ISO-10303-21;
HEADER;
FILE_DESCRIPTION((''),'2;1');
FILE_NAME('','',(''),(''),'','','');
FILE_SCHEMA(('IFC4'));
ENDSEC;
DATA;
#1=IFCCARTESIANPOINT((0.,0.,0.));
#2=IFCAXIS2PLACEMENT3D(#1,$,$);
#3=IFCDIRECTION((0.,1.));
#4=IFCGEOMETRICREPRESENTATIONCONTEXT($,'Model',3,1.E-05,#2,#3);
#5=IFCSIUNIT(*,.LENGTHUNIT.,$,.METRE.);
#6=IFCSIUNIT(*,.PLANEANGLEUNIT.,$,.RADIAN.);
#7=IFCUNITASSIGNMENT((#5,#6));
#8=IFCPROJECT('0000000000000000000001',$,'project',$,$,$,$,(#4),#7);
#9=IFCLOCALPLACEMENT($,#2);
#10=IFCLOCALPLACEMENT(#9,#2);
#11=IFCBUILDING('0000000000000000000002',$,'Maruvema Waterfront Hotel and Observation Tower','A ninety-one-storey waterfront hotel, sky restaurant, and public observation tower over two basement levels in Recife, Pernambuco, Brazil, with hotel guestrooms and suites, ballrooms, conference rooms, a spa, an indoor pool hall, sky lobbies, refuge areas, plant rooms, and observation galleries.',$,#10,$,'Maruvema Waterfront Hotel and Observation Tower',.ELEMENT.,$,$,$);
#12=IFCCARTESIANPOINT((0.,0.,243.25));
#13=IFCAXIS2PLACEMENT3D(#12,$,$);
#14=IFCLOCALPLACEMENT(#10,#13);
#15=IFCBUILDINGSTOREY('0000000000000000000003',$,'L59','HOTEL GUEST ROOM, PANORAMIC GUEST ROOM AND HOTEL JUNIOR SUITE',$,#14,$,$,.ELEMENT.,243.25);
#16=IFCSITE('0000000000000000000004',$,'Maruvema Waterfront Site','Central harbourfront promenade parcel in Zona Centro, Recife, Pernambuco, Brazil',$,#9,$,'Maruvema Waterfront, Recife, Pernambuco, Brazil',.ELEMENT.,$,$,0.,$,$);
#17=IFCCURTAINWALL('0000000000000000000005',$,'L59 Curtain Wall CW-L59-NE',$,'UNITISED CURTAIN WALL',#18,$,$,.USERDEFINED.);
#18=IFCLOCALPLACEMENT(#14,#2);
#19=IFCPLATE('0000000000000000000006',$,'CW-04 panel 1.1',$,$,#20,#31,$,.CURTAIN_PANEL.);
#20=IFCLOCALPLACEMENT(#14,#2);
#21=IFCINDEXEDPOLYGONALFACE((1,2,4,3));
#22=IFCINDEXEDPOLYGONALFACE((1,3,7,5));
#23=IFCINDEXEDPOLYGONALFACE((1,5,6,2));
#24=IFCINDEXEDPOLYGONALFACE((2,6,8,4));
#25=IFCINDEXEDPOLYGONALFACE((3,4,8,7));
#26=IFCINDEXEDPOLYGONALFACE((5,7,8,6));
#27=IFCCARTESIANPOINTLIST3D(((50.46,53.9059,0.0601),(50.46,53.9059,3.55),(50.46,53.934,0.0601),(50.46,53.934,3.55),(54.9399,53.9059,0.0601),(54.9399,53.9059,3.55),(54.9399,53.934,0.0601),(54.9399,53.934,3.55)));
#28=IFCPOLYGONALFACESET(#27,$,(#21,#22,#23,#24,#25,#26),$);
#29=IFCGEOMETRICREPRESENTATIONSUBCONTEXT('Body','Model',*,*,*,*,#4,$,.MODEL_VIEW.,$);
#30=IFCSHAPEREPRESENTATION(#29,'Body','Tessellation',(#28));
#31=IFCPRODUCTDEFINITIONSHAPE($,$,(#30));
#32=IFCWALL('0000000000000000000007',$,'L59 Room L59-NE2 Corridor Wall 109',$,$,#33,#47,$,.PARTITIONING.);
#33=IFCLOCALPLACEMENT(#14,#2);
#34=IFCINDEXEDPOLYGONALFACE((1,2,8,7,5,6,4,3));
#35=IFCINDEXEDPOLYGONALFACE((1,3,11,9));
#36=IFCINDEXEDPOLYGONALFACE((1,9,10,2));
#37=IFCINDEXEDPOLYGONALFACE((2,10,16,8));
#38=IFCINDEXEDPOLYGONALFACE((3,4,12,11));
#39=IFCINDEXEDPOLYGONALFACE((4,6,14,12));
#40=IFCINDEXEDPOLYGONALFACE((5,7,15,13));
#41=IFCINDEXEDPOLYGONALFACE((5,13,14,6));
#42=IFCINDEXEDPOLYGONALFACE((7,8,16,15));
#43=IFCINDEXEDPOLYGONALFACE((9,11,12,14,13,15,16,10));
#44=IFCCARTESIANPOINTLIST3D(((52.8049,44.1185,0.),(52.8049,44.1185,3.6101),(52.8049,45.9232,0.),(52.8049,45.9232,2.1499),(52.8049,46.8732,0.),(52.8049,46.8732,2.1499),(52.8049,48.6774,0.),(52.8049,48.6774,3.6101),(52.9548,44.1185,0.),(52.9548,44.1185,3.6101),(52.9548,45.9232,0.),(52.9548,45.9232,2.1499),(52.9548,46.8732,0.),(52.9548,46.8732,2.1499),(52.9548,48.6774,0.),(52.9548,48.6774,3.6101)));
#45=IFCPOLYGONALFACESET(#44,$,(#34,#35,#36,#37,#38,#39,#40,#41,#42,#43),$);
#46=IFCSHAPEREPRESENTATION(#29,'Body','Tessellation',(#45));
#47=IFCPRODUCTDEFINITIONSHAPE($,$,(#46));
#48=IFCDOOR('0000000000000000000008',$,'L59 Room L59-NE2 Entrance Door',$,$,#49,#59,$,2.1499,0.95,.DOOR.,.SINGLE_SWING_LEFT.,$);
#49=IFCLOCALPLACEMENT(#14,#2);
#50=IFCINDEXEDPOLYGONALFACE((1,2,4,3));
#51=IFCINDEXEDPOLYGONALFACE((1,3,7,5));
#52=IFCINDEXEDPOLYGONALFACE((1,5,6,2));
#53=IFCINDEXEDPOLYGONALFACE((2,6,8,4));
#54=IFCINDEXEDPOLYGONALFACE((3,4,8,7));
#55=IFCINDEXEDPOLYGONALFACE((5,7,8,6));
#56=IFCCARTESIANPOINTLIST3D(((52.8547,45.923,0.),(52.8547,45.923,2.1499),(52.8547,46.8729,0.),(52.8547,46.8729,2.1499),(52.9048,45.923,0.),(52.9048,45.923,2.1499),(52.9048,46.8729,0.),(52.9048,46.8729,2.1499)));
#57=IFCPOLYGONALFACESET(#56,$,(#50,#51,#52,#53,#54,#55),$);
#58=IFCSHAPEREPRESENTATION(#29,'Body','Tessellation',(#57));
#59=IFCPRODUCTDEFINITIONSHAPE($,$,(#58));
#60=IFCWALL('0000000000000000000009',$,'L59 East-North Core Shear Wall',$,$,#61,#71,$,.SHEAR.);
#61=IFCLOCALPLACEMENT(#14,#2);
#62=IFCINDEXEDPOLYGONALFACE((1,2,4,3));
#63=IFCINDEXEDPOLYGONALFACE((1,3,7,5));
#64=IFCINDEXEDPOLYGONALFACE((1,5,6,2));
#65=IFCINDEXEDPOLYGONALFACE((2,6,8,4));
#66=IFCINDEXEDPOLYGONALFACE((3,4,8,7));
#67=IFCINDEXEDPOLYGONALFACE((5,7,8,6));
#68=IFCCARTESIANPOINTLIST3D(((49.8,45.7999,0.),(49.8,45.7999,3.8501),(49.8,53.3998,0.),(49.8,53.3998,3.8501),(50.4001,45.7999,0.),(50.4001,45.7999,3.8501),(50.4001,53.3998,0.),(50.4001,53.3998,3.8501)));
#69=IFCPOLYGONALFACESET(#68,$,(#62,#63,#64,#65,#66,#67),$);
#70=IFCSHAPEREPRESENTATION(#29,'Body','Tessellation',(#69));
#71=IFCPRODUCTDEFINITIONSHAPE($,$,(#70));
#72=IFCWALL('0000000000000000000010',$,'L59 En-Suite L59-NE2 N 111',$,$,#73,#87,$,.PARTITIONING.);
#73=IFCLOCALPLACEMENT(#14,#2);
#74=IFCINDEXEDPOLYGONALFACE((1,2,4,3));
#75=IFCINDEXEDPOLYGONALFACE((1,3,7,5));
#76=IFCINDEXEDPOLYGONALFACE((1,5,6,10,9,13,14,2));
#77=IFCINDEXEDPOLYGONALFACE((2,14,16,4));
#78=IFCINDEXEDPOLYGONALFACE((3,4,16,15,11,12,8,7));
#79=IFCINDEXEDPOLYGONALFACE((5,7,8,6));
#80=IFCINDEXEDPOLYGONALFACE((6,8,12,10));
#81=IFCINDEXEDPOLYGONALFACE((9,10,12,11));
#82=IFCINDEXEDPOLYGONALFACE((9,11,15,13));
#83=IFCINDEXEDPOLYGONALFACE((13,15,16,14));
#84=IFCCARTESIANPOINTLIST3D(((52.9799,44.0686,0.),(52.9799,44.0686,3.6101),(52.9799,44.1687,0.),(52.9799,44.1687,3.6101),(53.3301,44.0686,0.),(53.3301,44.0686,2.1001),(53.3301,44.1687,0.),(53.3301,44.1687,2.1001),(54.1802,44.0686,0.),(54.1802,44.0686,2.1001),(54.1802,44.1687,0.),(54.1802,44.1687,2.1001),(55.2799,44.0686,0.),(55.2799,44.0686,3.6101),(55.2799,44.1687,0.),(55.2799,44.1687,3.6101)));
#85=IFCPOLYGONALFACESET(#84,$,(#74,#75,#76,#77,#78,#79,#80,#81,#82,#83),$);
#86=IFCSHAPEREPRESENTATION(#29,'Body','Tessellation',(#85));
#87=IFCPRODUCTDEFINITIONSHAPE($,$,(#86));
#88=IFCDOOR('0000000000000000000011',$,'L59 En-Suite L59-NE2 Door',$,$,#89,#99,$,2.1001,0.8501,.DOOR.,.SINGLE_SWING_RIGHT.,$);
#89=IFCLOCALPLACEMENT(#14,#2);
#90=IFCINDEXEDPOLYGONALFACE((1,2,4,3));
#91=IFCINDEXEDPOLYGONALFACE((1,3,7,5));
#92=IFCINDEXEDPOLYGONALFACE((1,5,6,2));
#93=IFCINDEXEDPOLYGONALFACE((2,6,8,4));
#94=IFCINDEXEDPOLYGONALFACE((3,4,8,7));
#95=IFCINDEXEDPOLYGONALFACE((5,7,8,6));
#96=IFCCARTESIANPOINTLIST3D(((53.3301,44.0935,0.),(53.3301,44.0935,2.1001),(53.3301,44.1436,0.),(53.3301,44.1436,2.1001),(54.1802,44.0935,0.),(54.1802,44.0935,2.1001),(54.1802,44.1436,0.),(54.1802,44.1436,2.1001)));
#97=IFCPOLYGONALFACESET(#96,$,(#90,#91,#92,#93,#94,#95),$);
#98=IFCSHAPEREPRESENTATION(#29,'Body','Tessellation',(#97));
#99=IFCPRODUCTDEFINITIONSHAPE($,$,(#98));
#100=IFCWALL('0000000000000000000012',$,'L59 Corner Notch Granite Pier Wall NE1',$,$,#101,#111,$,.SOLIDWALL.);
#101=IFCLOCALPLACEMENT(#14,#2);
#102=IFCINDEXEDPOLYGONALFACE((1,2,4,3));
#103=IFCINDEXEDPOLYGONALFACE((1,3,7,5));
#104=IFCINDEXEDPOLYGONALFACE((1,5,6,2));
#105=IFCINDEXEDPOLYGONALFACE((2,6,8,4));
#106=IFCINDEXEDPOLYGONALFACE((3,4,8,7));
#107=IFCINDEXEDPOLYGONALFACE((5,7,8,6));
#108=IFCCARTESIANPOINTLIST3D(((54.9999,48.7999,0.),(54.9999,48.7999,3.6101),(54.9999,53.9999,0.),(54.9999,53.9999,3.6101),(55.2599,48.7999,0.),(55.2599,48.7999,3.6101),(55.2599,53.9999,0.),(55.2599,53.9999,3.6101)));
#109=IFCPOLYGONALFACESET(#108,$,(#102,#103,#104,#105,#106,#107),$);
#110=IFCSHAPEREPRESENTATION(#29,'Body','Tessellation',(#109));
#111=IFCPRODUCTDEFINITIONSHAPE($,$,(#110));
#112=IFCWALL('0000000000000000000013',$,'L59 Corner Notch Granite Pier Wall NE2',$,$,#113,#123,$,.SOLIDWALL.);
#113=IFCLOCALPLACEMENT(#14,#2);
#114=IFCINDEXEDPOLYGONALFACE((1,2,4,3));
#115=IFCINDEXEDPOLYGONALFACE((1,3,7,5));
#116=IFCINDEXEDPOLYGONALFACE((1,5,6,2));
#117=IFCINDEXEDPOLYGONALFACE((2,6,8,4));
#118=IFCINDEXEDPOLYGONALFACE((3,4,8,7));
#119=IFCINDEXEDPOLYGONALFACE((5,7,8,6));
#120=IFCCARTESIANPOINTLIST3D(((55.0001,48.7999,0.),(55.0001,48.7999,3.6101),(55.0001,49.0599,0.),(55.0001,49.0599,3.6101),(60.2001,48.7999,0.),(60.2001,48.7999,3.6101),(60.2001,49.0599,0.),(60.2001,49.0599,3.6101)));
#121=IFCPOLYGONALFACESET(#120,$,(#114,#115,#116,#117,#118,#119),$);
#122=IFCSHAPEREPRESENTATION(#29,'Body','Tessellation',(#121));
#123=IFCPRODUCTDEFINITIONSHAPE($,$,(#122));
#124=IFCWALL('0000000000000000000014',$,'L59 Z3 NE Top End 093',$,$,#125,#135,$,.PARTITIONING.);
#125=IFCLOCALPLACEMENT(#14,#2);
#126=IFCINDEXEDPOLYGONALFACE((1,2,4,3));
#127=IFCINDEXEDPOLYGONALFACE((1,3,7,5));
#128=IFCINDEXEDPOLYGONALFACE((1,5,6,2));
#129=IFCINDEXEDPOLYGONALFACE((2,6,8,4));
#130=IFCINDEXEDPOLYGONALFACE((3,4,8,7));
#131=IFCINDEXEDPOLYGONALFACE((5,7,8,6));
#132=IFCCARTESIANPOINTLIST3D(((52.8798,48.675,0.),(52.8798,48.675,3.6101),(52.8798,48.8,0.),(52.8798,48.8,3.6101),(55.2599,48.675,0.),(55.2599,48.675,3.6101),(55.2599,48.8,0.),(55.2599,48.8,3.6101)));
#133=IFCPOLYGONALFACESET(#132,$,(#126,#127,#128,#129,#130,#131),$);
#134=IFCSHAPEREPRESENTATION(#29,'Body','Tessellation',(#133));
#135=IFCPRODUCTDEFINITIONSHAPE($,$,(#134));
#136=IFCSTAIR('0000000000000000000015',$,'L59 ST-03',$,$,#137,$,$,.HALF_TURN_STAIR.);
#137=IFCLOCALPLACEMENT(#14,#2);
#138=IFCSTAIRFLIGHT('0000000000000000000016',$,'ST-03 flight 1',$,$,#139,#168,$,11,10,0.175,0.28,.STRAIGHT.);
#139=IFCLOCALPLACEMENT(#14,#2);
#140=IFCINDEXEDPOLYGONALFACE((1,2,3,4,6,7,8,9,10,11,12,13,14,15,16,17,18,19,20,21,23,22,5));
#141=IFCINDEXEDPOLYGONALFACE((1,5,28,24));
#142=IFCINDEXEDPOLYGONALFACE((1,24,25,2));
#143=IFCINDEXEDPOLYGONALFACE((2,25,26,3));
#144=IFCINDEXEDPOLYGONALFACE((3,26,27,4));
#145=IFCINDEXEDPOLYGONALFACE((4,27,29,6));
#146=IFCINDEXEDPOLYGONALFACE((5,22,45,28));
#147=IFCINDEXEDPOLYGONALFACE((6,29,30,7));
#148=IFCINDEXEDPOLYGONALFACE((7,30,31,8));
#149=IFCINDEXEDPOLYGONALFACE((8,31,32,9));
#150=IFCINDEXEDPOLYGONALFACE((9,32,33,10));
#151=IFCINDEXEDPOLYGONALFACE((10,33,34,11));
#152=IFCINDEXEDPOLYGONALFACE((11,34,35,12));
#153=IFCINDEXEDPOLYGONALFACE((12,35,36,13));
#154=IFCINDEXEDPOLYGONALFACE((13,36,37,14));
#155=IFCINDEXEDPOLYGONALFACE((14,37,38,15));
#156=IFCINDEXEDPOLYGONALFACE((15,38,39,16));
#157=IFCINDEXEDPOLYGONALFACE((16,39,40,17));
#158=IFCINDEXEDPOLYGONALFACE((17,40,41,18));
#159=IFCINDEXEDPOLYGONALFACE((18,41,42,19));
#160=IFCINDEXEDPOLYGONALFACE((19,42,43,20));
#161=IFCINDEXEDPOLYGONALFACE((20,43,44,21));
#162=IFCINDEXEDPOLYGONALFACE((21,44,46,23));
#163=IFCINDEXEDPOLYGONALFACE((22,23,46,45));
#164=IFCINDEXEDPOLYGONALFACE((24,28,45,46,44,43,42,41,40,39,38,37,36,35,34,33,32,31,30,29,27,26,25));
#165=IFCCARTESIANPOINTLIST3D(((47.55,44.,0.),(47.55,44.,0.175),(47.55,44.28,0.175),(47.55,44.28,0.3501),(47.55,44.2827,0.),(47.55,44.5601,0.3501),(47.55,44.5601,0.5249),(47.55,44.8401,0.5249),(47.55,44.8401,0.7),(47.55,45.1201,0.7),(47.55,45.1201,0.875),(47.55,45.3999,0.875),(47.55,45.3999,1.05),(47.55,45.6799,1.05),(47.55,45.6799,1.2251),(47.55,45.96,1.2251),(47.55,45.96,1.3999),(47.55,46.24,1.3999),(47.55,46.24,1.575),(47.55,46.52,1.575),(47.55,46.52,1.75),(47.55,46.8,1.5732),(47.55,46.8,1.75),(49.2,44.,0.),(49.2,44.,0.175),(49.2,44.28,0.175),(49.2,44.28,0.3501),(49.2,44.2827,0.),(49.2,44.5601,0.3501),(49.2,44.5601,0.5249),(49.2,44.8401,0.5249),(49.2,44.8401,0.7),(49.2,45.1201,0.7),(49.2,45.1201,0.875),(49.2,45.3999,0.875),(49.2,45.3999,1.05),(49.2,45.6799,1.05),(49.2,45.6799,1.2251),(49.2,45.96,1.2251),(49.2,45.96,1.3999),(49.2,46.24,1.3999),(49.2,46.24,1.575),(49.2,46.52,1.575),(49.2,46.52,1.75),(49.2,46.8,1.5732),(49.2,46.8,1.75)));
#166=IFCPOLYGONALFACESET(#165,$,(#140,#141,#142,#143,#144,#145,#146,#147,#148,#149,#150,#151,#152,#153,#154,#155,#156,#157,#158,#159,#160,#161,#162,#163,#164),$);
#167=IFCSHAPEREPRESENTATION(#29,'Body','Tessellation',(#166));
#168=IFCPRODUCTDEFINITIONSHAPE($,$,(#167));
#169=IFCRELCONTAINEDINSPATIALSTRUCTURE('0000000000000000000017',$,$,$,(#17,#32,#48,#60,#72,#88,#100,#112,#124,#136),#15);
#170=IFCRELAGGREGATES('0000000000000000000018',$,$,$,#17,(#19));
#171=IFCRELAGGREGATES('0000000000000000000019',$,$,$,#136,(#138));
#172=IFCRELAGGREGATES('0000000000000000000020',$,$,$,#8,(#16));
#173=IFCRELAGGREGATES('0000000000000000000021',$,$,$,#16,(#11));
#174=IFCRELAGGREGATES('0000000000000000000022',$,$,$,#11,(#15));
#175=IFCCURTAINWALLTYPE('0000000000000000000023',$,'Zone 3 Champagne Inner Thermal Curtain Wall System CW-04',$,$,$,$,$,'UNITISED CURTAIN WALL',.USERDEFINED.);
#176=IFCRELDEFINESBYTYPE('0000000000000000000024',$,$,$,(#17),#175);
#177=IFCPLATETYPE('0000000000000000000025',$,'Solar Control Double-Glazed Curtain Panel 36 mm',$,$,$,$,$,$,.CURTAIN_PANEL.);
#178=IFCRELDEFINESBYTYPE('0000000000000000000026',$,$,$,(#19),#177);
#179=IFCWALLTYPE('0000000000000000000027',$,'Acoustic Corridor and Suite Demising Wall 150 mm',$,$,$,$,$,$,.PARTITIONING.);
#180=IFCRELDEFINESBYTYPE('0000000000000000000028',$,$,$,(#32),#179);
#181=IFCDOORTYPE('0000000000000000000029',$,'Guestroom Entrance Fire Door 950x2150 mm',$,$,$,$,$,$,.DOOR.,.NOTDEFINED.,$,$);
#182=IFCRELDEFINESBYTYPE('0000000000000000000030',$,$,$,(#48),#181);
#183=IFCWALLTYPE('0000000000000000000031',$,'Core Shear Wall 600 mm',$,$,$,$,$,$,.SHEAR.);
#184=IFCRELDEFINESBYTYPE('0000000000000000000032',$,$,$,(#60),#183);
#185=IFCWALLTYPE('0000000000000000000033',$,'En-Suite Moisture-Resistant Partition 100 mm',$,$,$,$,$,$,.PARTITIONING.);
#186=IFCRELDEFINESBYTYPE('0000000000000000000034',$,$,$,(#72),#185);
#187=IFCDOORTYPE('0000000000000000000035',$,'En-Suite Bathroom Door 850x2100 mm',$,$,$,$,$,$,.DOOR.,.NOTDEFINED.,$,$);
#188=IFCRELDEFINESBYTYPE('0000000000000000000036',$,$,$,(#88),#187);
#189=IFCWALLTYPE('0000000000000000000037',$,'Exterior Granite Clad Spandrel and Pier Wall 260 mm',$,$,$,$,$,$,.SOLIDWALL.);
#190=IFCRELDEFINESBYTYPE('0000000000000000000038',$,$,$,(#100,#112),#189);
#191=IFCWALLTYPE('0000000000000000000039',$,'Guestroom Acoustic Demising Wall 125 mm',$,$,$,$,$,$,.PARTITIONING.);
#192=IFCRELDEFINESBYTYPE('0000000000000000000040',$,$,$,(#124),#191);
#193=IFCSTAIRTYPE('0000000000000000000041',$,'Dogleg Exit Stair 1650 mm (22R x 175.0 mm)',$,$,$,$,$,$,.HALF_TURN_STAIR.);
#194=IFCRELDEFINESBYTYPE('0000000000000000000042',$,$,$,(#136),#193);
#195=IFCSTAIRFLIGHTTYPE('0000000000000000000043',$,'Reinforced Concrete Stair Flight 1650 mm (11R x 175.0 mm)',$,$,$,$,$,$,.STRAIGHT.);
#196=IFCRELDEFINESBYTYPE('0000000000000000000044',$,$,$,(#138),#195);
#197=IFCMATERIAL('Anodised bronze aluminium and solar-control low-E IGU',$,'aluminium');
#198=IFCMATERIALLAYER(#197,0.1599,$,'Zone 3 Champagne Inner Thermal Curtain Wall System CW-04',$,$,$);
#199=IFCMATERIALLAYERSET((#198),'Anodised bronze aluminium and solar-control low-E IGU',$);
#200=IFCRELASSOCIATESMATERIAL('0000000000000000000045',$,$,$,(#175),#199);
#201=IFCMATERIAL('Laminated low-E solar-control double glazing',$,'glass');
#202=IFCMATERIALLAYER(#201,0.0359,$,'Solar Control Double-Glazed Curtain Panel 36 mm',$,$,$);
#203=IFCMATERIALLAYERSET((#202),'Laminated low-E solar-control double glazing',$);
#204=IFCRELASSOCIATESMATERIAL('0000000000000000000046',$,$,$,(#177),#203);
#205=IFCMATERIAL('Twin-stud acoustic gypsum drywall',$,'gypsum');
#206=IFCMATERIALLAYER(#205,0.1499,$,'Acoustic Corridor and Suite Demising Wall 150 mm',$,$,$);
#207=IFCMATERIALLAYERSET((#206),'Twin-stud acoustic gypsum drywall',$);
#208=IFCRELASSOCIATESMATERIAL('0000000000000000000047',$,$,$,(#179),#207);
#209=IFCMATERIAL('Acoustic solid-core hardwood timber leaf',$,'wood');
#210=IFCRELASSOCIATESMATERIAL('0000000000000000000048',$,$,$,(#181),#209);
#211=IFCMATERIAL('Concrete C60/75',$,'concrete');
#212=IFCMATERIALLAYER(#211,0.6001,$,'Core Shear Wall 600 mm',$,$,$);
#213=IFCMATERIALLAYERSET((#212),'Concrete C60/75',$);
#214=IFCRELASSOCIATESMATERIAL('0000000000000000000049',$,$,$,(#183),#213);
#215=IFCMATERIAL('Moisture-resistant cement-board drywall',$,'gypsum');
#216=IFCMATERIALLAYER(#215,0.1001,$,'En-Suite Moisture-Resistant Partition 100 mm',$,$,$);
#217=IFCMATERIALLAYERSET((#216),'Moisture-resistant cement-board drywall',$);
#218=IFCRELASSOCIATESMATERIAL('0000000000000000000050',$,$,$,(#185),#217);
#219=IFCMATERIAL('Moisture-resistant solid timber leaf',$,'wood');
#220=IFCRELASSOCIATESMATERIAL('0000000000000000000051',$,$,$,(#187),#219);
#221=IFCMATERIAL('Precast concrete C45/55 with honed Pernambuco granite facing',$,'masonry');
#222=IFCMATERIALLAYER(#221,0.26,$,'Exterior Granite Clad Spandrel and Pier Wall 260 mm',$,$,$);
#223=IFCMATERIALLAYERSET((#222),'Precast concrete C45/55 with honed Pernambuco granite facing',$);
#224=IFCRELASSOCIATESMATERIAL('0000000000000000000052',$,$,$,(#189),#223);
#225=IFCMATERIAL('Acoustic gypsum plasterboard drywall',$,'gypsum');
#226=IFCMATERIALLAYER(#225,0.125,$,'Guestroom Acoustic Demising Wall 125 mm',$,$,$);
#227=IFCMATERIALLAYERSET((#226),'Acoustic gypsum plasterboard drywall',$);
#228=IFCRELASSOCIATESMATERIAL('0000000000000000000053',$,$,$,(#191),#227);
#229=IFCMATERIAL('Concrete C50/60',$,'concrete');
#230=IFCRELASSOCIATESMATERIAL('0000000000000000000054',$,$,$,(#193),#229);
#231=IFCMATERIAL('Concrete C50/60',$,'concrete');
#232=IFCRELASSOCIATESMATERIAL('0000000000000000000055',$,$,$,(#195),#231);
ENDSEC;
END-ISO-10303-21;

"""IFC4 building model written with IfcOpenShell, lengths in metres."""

from ifc_helpers import new_model, si_unit, direction, frame, frame_2d, origin, origin_2d, place, context, subcontext, project, spatial, polyline, rectangle, outline, extrude, material, layer, layer_set, type_object, element, fill, aggregate, save


model = new_model("IFC4")

# Units and contexts
model_context = context("Model", 3, precision=1e-05, world=origin(), true_north=direction((0.0, 1.0)))
body_context = subcontext(model_context, "Body", "Model", "MODEL_VIEW")
ifc_project = project(units=[si_unit("LENGTHUNIT", "METRE"), si_unit("PLANEANGLEUNIT", "RADIAN")], contexts=[model_context])

# Site, building, storey
site_placement = place(None, origin())
site = spatial("IfcSite", under=ifc_project, at=site_placement, Name="Maruvema Waterfront Site", Description="Central harbourfront promenade parcel in Zona Centro, Recife, Pernambuco, Brazil", LongName="Maruvema Waterfront, Recife, Pernambuco, Brazil", CompositionType="ELEMENT", RefElevation=0.0)
building_placement = place(site_placement, origin())
building = spatial("IfcBuilding", under=site, at=building_placement, Name="Maruvema Waterfront Hotel and Observation Tower", Description="A ninety-one-storey waterfront hotel, sky restaurant, and public observation tower over two basement levels in Recife, Pernambuco, Brazil, with hotel guestrooms and suites, ballrooms, conference rooms, a spa, an indoor pool hall, sky lobbies, refuge areas, plant rooms, and observation galleries.", LongName="Maruvema Waterfront Hotel and Observation Tower", CompositionType="ELEMENT")
storey_placement = place(building_placement, frame((0.0, 0.0, 243.25)))
storey = spatial("IfcBuildingStorey", under=building, at=storey_placement, Name="L59", Description="HOTEL GUEST ROOM, PANORAMIC GUEST ROOM AND HOTEL JUNIOR SUITE", CompositionType="ELEMENT", Elevation=243.25)

# Curtain wall
ifc_material_1 = material(Name="Anodised bronze aluminium and solar-control low-E IGU", Category="aluminium")
ifc_layer_1 = layer(ifc_material_1, 0.1599, Name="Zone 3 Champagne Inner Thermal Curtain Wall System CW-04")
ifc_layer_set_1 = layer_set([ifc_layer_1], Name="Anodised bronze aluminium and solar-control low-E IGU")
curtain_wall_type = type_object("IfcCurtainWallType", Name="Zone 3 Champagne Inner Thermal Curtain Wall System CW-04", ElementType="UNITISED CURTAIN WALL", PredefinedType="USERDEFINED", material=ifc_layer_set_1)
curtain_wall_1_placement = place(storey_placement, origin())
curtain_wall_1 = element("IfcCurtainWall", 1, at=curtain_wall_1_placement, inside=storey, type_object=curtain_wall_type, Name="L59 Curtain Wall CW-L59-NE", ObjectType="UNITISED CURTAIN WALL", PredefinedType="USERDEFINED")

# Plate
ifc_material_2 = material(Name="Laminated low-E solar-control double glazing", Category="glass")
ifc_layer_2 = layer(ifc_material_2, 0.0359, Name="Solar Control Double-Glazed Curtain Panel 36 mm")
ifc_layer_set_2 = layer_set([ifc_layer_2], Name="Laminated low-E solar-control double glazing")
plate_type = type_object("IfcPlateType", Name="Solar Control Double-Glazed Curtain Panel 36 mm", PredefinedType="CURTAIN_PANEL", material=ifc_layer_set_2)
plate_1_placement = place(storey_placement, frame((52.7, 53.9199, 0.0601), z_axis=(0.0, 0.0, 1.0), x_axis=(-1.0, 0.0, 0.0)))
plate_1 = element("IfcPlate", 2, at=plate_1_placement, type_object=plate_type, Name="CW-04 panel 1.1", PredefinedType="CURTAIN_PANEL", context=body_context, shape_type="SweptSolid", body=[
    extrude(rectangle(XDim=4.48, YDim=0.0281, at=origin_2d()), origin(), (0.0, 0.0, 1.0), 3.49),
])
aggregate(curtain_wall_1, [plate_1])

# Wall, opening, door
ifc_material_3 = material(Name="Twin-stud acoustic gypsum drywall", Category="gypsum")
ifc_layer_3 = layer(ifc_material_3, 0.1499, Name="Acoustic Corridor and Suite Demising Wall 150 mm")
ifc_layer_set_3 = layer_set([ifc_layer_3], Name="Twin-stud acoustic gypsum drywall")
wall_type_1 = type_object("IfcWallType", Name="Acoustic Corridor and Suite Demising Wall 150 mm", PredefinedType="PARTITIONING", material=ifc_layer_set_3)
wall_1_placement = place(storey_placement, frame((52.8799, 44.1187, 0.0), z_axis=(0.0, 0.0, 1.0), x_axis=(0.0, 1.0, 0.0)))
wall_1 = element("IfcWall", 3, at=wall_1_placement, inside=storey, type_object=wall_type_1, Name="L59 Room L59-NE2 Corridor Wall 109", PredefinedType="PARTITIONING", context=body_context, shape_type="SweptSolid", body=[
    extrude(rectangle(XDim=4.5588, YDim=0.1499, at=frame_2d((2.2793, 0.0))), origin(), (0.0, 0.0, 1.0), 3.6101),
])
opening_1_placement = place(wall_1_placement, frame((1.8044, 0.0, 0.0)))
opening_1 = element("IfcOpeningElement", 4, at=opening_1_placement, cuts=wall_1, PredefinedType="OPENING", context=body_context, shape_type="SweptSolid", body=[
    extrude(rectangle(XDim=0.95, YDim=2.1499, at=frame_2d((0.4751, 1.075))), frame((0.0, 0.085, 0.0), z_axis=(0.0, -1.0, 0.0), x_axis=(1.0, 0.0, 0.0)), (0.0, 0.0, 1.0), 0.1699),
])
ifc_material_4 = material(Name="Acoustic solid-core hardwood timber leaf", Category="wood")
door_type_1 = type_object("IfcDoorType", Name="Guestroom Entrance Fire Door 950x2150 mm", OperationType="NOTDEFINED", PredefinedType="DOOR", material=ifc_material_4)
door_1_placement = place(opening_1_placement, frame((0.95, 0.0, 0.0), z_axis=(0.0, 0.0, 1.0), x_axis=(-1.0, 0.0, 0.0)))
door_1 = element("IfcDoor", 5, at=door_1_placement, inside=storey, type_object=door_type_1, Name="L59 Room L59-NE2 Entrance Door", OperationType="SINGLE_SWING_LEFT", OverallHeight=2.1499, OverallWidth=0.95, PredefinedType="DOOR", context=body_context, shape_type="SweptSolid", body=[
    extrude(rectangle(XDim=0.95, YDim=2.1499, at=frame_2d((0.4751, 1.075))), frame((0.0, 0.0249, 0.0), z_axis=(0.0, -1.0, 0.0), x_axis=(1.0, 0.0, 0.0)), (0.0, 0.0, 1.0), 0.05),
])
fill(opening_1, door_1)

# Wall
ifc_material_5 = material(Name="Concrete C60/75", Category="concrete")
ifc_layer_4 = layer(ifc_material_5, 0.6001, Name="Core Shear Wall 600 mm")
ifc_layer_set_4 = layer_set([ifc_layer_4], Name="Concrete C60/75")
wall_type_2 = type_object("IfcWallType", Name="Core Shear Wall 600 mm", PredefinedType="SHEAR", material=ifc_layer_set_4)
wall_2_placement = place(storey_placement, frame((50.1001, 45.8, 0.0), z_axis=(0.0, 0.0, 1.0), x_axis=(0.0, 1.0, 0.0)))
element("IfcWall", 6, at=wall_2_placement, inside=storey, type_object=wall_type_2, Name="L59 East-North Core Shear Wall", PredefinedType="SHEAR", context=body_context, shape_type="SweptSolid", body=[
    extrude(rectangle(XDim=7.5999, YDim=0.6001, at=frame_2d((3.7998, 0.0))), origin(), (0.0, 0.0, 1.0), 3.8501),
])

# Wall, opening, door
ifc_material_6 = material(Name="Moisture-resistant cement-board drywall", Category="gypsum")
ifc_layer_5 = layer(ifc_material_6, 0.1001, Name="En-Suite Moisture-Resistant Partition 100 mm")
ifc_layer_set_5 = layer_set([ifc_layer_5], Name="Moisture-resistant cement-board drywall")
wall_type_3 = type_object("IfcWallType", Name="En-Suite Moisture-Resistant Partition 100 mm", PredefinedType="PARTITIONING", material=ifc_layer_set_5)
wall_3_placement = place(storey_placement, frame((52.98, 44.1187, 0.0), z_axis=(0.0, 0.0, 1.0), x_axis=(1.0, 0.0, 0.0)))
wall_3 = element("IfcWall", 7, at=wall_3_placement, inside=storey, type_object=wall_type_3, Name="L59 En-Suite L59-NE2 N 111", PredefinedType="PARTITIONING", context=body_context, shape_type="SweptSolid", body=[
    extrude(rectangle(XDim=2.3, YDim=0.1001, at=frame_2d((1.1499, 0.0))), origin(), (0.0, 0.0, 1.0), 3.6101),
])
opening_2_placement = place(wall_3_placement, frame((0.3501, 0.0, 0.0)))
opening_2 = element("IfcOpeningElement", 8, at=opening_2_placement, cuts=wall_3, PredefinedType="OPENING", context=body_context, shape_type="SweptSolid", body=[
    extrude(rectangle(XDim=0.8501, YDim=2.1001, at=frame_2d((0.425, 1.05))), frame((0.0, 0.0601, 0.0), z_axis=(0.0, -1.0, 0.0), x_axis=(1.0, 0.0, 0.0)), (0.0, 0.0, 1.0), 0.1201),
])
ifc_material_7 = material(Name="Moisture-resistant solid timber leaf", Category="wood")
door_type_2 = type_object("IfcDoorType", Name="En-Suite Bathroom Door 850x2100 mm", OperationType="NOTDEFINED", PredefinedType="DOOR", material=ifc_material_7)
door_2_placement = place(opening_2_placement, origin())
door_2 = element("IfcDoor", 9, at=door_2_placement, inside=storey, type_object=door_type_2, Name="L59 En-Suite L59-NE2 Door", OperationType="SINGLE_SWING_RIGHT", OverallHeight=2.1001, OverallWidth=0.8501, PredefinedType="DOOR", context=body_context, shape_type="SweptSolid", body=[
    extrude(rectangle(XDim=0.8501, YDim=2.1001, at=frame_2d((0.425, 1.05))), frame((0.0, 0.0249, 0.0), z_axis=(0.0, -1.0, 0.0), x_axis=(1.0, 0.0, 0.0)), (0.0, 0.0, 1.0), 0.05),
])
fill(opening_2, door_2)

# Walls
ifc_material_8 = material(Name="Precast concrete C45/55 with honed Pernambuco granite facing", Category="masonry")
ifc_layer_6 = layer(ifc_material_8, 0.26, Name="Exterior Granite Clad Spandrel and Pier Wall 260 mm")
ifc_layer_set_6 = layer_set([ifc_layer_6], Name="Precast concrete C45/55 with honed Pernambuco granite facing")
wall_type_4 = type_object("IfcWallType", Name="Exterior Granite Clad Spandrel and Pier Wall 260 mm", PredefinedType="SOLIDWALL", material=ifc_layer_set_6)
for number, where, z_axis, x_axis, name in (
    (10, (55.1299, 54.0, 0.0), (0.0, 0.0, 1.0), (0.0, -1.0, 0.0), "L59 Corner Notch Granite Pier Wall NE1"),
    (11, (55.0, 48.9299, 0.0), (0.0, 0.0, 1.0), (1.0, 0.0, 0.0), "L59 Corner Notch Granite Pier Wall NE2"),
):
    element("IfcWall", number, at=place(storey_placement, frame(where, z_axis=z_axis, x_axis=x_axis)), inside=storey, type_object=wall_type_4, Name=name, PredefinedType="SOLIDWALL", context=body_context, shape_type="SweptSolid", body=[
        extrude(rectangle(XDim=5.2, YDim=0.26, at=frame_2d((2.6001, 0.0))), origin(), (0.0, 0.0, 1.0), 3.6101),
    ])
ifc_material_9 = material(Name="Acoustic gypsum plasterboard drywall", Category="gypsum")
ifc_layer_7 = layer(ifc_material_9, 0.125, Name="Guestroom Acoustic Demising Wall 125 mm")
ifc_layer_set_7 = layer_set([ifc_layer_7], Name="Acoustic gypsum plasterboard drywall")
wall_type_5 = type_object("IfcWallType", Name="Guestroom Acoustic Demising Wall 125 mm", PredefinedType="PARTITIONING", material=ifc_layer_set_7)
wall_4_placement = place(storey_placement, frame((52.8799, 48.7375, 0.0), z_axis=(0.0, 0.0, 1.0), x_axis=(1.0, 0.0, 0.0)))
element("IfcWall", 12, at=wall_4_placement, inside=storey, type_object=wall_type_5, Name="L59 Z3 NE Top End 093", PredefinedType="PARTITIONING", context=body_context, shape_type="SweptSolid", body=[
    extrude(rectangle(XDim=2.3801, YDim=0.125, at=frame_2d((1.1899, 0.0))), origin(), (0.0, 0.0, 1.0), 3.6101),
])

# Stair, stair flight
ifc_material_10 = material(Name="Concrete C50/60", Category="concrete")
stair_type = type_object("IfcStairType", Name="Dogleg Exit Stair 1650 mm (22R x 175.0 mm)", PredefinedType="HALF_TURN_STAIR", material=ifc_material_10)
stair_placement = place(storey_placement, origin())
stair = element("IfcStair", 13, at=stair_placement, inside=storey, type_object=stair_type, Name="L59 ST-03", PredefinedType="HALF_TURN_STAIR")
ifc_material_11 = material(Name="Concrete C50/60", Category="concrete")
stair_flight_type = type_object("IfcStairFlightType", Name="Reinforced Concrete Stair Flight 1650 mm (11R x 175.0 mm)", PredefinedType="STRAIGHT", material=ifc_material_11)
stair_flight_placement = place(storey_placement, frame((48.375, 44.0, 0.0), z_axis=(0.0, 0.0, 1.0), x_axis=(0.0, 1.0, 0.0)))
stair_flight = element("IfcStairFlight", 14, at=stair_flight_placement, type_object=stair_flight_type, Name="ST-03 flight 1", NumberOfRisers=11, NumberOfTreads=10, PredefinedType="STRAIGHT", RiserHeight=0.175, TreadLength=0.28, context=body_context, shape_type="SweptSolid", body=[
    extrude(outline(polyline([(0.0, 0.0), (0.0, 0.175), (0.28, 0.175), (0.28, 0.3501), (0.5601, 0.3501), (0.5601, 0.5249), (0.8401, 0.5249), (0.8401, 0.7), (1.1201, 0.7), (1.1201, 0.875), (1.3999, 0.875), (1.3999, 1.05), (1.6799, 1.05), (1.6799, 1.2251), (1.96, 1.2251), (1.96, 1.3999), (2.24, 1.3999), (2.24, 1.575), (2.52, 1.575), (2.52, 1.75), (2.8, 1.75), (2.8, 1.925), (2.8, 1.5732), (0.2827, 0.0), (0.0, 0.0)])), frame((0.0, 0.825, 0.0), z_axis=(0.0, -1.0, 0.0), x_axis=(1.0, 0.0, 0.0)), (0.0, 0.0, 1.0), 1.6499),
])
aggregate(stair, [stair_flight])

save(model, "model.ifc")
